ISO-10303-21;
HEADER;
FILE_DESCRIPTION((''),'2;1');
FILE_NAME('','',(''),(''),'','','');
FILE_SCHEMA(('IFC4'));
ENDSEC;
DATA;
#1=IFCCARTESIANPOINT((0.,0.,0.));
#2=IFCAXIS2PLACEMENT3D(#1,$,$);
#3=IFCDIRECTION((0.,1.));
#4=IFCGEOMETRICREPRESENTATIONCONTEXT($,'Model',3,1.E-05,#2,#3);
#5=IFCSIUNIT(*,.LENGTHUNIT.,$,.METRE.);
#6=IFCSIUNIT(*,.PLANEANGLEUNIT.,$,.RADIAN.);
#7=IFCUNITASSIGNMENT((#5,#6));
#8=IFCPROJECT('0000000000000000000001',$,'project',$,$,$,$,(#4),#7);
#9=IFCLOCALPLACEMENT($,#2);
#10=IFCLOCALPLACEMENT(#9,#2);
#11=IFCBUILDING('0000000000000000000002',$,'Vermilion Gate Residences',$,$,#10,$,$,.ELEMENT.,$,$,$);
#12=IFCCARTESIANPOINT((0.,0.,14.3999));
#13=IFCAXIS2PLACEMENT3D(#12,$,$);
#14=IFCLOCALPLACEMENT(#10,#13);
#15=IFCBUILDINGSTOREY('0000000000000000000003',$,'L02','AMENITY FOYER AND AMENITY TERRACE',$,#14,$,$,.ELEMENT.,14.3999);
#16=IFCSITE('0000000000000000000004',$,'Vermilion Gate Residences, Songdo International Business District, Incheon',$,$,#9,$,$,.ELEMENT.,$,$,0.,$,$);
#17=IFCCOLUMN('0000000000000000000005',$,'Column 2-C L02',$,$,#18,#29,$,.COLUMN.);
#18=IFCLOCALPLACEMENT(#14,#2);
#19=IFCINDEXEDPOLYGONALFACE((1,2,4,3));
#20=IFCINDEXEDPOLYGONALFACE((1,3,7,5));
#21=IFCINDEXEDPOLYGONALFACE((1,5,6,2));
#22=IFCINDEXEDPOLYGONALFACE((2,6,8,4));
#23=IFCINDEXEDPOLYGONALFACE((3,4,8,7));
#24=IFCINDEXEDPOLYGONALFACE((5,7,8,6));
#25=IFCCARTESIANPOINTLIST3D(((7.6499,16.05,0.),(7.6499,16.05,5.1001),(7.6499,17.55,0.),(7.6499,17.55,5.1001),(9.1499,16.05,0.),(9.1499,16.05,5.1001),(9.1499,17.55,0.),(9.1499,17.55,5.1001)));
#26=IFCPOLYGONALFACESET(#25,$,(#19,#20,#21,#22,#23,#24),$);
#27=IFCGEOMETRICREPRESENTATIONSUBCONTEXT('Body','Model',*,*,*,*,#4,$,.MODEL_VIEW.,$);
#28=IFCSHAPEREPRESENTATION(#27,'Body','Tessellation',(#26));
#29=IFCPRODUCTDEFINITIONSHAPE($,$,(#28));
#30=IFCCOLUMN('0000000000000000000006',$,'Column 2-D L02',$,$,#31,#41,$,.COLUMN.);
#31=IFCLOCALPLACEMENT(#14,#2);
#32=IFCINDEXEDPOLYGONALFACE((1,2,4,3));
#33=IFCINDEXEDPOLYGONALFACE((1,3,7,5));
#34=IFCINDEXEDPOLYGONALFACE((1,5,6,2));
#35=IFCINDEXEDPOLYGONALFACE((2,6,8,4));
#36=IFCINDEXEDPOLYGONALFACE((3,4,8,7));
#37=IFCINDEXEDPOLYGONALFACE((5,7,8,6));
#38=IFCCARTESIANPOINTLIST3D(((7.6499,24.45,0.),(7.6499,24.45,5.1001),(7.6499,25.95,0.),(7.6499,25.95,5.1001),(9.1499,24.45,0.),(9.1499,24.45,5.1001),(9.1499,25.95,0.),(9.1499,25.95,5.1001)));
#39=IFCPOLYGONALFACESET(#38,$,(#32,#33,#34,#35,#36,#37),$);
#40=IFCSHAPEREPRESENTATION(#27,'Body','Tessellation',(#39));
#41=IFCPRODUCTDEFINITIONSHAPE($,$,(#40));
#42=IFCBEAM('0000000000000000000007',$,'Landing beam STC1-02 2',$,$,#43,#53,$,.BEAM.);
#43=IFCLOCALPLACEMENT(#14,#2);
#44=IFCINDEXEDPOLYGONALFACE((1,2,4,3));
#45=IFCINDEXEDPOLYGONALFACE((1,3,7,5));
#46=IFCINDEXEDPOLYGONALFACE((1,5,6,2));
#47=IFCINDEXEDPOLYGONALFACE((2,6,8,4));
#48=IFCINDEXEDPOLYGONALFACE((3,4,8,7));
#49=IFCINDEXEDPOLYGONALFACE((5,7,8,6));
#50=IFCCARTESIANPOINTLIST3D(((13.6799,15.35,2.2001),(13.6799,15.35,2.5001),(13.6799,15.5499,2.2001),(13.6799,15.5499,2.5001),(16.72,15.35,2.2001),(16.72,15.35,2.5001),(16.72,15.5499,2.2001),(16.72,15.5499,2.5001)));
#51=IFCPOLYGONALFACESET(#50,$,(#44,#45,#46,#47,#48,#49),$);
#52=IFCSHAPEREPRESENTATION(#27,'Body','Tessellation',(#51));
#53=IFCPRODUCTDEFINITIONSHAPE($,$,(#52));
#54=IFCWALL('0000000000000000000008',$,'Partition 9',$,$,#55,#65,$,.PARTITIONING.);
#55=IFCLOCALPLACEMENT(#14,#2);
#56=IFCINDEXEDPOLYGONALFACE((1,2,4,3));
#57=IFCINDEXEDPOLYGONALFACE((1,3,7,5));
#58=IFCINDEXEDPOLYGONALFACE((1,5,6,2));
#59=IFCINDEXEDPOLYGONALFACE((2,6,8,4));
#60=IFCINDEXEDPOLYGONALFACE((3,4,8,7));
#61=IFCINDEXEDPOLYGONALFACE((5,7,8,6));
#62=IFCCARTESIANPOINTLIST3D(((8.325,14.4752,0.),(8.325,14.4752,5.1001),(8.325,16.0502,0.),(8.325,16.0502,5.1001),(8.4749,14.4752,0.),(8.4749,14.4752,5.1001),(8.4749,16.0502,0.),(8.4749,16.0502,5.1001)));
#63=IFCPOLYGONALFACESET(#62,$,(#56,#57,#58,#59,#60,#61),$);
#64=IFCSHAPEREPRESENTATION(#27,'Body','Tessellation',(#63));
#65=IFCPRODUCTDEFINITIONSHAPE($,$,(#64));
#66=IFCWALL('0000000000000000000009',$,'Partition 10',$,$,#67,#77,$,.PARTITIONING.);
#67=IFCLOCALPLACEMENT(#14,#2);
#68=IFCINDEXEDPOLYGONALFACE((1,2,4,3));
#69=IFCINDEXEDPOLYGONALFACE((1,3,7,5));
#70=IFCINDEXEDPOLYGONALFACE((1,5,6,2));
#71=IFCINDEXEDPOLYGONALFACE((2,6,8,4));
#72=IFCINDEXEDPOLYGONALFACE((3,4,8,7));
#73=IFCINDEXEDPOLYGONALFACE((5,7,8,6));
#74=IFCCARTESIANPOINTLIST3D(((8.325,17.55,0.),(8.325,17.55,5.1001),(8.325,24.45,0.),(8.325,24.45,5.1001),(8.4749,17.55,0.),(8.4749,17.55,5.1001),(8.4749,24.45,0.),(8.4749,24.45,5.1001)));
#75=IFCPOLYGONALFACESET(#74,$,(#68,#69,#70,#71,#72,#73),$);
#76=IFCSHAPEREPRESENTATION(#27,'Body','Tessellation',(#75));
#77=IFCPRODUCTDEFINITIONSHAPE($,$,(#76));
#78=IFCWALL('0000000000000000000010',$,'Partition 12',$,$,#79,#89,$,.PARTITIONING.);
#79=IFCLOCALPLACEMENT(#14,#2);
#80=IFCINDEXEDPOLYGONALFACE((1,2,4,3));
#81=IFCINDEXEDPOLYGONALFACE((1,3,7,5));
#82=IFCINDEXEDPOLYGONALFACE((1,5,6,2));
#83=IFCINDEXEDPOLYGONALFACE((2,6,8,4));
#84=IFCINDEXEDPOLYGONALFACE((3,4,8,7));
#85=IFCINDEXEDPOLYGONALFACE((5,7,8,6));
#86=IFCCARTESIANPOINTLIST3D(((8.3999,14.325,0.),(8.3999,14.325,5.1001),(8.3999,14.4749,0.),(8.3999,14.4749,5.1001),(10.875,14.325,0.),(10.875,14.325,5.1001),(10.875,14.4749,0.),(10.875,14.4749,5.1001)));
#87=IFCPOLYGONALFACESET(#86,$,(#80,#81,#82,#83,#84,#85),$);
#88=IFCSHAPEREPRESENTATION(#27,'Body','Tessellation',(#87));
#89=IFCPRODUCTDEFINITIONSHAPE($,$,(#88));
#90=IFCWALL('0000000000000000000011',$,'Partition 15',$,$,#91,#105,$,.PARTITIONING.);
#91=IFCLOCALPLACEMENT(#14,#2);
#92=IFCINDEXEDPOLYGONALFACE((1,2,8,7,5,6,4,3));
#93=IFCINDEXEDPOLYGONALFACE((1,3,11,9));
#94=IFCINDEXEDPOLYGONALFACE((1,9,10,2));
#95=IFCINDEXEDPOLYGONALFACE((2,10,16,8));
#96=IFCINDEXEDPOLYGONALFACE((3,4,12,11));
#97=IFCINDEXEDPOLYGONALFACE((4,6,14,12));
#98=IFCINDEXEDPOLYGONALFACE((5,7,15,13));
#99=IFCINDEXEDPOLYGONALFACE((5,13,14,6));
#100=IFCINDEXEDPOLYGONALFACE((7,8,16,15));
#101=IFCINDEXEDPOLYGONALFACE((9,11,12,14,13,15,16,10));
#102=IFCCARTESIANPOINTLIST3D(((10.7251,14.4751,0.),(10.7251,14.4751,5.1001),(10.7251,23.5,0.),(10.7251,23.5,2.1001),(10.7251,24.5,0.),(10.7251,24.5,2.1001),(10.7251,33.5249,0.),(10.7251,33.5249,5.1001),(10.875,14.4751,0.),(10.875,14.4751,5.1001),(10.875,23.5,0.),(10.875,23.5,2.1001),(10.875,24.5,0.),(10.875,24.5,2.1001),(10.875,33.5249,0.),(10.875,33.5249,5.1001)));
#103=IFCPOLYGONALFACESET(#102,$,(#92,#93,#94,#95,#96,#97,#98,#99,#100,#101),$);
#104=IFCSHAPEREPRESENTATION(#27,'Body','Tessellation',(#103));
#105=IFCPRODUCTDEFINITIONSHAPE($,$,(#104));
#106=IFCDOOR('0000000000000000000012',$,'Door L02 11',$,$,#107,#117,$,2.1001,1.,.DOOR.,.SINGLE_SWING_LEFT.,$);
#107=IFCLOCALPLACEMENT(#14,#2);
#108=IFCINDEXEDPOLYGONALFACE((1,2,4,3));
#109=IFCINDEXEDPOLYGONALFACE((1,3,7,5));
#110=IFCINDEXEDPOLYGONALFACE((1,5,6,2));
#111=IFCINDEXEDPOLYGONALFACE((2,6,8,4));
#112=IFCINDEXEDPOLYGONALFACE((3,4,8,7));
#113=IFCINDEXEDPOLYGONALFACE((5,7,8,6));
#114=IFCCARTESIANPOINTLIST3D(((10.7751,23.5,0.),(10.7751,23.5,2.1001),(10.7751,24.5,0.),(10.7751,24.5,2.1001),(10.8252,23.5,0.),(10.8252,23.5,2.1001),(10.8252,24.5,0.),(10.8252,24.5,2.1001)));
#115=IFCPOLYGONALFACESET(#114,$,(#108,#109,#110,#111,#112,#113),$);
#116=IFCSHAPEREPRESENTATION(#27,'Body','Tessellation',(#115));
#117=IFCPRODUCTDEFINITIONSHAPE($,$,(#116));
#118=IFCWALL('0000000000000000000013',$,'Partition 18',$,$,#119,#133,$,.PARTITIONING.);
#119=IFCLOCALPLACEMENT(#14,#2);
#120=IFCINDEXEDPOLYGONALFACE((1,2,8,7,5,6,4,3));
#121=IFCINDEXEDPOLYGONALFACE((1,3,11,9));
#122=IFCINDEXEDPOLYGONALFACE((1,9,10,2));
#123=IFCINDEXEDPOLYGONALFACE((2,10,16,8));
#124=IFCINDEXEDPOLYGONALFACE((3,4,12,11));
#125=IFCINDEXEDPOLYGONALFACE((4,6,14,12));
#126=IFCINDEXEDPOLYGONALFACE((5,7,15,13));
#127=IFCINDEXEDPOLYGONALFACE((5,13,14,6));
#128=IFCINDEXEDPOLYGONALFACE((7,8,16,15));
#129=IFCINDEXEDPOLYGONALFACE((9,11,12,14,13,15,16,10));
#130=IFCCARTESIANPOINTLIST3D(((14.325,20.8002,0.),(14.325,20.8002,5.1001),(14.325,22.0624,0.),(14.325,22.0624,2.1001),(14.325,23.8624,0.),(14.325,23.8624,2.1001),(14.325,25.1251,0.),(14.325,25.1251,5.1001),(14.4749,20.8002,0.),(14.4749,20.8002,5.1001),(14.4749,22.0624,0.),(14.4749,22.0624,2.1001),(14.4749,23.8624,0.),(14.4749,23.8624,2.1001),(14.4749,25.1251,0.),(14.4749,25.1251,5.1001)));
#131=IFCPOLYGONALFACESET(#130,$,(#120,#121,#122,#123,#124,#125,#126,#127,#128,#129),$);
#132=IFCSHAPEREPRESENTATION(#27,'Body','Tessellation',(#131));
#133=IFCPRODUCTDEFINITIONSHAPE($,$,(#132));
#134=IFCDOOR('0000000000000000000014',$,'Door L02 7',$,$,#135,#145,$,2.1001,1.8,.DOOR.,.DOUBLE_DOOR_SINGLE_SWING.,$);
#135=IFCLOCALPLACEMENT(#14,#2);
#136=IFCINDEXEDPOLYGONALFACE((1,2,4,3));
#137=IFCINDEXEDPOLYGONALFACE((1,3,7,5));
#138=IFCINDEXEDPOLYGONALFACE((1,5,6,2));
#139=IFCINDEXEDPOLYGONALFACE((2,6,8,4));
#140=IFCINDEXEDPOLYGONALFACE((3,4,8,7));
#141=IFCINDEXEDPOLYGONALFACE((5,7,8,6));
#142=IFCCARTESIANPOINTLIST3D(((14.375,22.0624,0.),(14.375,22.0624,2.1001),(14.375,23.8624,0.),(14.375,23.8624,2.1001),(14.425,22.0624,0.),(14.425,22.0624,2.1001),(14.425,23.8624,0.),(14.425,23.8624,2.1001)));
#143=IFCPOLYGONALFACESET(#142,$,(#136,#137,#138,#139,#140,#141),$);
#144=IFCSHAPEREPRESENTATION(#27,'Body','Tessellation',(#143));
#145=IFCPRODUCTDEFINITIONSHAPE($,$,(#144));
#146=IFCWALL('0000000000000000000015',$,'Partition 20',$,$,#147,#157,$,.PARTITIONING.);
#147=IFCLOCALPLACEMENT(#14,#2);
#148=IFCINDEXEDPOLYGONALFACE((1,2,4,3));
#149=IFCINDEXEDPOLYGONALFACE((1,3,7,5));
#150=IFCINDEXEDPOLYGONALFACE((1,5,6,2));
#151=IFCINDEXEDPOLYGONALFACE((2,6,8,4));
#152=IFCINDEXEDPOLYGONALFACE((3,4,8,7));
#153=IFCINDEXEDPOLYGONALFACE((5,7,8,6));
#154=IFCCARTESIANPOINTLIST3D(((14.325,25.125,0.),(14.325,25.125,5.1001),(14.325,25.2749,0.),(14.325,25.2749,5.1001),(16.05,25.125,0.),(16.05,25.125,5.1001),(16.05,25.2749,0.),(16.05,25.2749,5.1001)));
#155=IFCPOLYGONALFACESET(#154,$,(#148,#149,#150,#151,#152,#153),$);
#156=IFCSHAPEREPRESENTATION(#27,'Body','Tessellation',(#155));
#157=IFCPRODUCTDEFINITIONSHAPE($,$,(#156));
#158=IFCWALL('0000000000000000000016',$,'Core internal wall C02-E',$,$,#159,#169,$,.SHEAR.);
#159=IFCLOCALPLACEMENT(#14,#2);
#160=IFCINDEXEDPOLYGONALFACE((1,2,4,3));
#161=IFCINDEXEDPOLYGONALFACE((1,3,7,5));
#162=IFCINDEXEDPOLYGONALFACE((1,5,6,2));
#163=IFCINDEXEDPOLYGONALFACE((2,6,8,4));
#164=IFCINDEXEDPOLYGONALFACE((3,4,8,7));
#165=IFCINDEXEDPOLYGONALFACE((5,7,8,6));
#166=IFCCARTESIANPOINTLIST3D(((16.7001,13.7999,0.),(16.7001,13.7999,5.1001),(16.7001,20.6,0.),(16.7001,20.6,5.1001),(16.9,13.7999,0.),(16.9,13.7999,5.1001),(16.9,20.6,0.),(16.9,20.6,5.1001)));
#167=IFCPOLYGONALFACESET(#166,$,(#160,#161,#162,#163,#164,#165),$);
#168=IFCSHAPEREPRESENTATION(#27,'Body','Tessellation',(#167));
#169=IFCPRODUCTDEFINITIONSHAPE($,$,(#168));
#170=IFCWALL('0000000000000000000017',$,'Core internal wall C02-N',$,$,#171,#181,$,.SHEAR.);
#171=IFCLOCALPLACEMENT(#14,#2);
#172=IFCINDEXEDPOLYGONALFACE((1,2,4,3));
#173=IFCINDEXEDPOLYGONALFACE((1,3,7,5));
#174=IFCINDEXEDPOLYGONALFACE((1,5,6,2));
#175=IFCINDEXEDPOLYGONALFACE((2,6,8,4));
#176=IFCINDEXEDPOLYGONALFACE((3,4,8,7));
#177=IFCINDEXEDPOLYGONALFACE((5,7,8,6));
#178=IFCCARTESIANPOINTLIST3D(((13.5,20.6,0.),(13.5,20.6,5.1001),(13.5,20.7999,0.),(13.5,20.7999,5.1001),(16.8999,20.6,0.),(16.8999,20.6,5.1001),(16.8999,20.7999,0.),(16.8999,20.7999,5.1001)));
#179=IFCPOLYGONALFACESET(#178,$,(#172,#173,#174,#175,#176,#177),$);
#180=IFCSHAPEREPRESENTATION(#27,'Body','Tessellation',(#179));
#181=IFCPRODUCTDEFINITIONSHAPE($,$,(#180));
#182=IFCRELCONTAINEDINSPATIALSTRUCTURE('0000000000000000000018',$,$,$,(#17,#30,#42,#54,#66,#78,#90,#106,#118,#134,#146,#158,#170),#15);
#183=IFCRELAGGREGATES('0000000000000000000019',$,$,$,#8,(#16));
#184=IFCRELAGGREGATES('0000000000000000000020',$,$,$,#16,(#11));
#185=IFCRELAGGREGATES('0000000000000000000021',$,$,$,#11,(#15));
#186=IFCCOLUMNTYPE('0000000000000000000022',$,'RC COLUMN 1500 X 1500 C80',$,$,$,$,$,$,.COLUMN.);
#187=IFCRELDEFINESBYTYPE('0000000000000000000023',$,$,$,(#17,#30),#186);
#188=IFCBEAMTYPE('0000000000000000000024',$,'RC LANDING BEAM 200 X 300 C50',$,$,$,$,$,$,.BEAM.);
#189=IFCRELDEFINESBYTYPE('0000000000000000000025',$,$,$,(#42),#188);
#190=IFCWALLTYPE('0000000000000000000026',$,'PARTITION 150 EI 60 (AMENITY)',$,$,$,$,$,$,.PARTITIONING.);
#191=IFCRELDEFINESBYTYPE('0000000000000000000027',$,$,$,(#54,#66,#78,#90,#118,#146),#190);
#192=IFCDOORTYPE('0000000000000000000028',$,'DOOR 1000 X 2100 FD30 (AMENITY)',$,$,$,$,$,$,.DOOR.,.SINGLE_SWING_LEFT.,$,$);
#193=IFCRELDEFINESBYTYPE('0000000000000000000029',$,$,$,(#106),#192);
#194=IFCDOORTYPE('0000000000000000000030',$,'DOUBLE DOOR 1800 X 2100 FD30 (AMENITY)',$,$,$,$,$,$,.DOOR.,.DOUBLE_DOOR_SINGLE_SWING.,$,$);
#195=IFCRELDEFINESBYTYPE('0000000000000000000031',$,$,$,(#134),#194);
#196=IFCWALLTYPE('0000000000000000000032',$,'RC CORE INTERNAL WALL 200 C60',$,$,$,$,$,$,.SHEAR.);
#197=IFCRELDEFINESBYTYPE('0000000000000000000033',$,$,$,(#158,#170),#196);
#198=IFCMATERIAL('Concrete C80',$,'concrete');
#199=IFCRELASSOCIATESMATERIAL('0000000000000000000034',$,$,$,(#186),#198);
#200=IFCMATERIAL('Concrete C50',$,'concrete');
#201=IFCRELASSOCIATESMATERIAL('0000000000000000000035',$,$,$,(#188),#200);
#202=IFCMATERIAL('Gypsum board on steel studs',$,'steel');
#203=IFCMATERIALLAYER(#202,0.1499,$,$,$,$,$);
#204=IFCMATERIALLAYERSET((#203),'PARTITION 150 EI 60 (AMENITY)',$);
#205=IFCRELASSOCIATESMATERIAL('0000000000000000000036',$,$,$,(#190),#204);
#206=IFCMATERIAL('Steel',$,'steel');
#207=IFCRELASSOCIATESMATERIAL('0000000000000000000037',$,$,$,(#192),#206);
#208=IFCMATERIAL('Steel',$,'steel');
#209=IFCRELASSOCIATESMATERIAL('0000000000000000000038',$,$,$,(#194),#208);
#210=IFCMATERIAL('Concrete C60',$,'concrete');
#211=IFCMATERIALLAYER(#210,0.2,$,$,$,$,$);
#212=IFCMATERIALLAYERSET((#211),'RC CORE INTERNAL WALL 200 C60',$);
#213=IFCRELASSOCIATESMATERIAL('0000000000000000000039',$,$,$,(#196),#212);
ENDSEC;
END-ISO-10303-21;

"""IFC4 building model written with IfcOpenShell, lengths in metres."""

from ifc_helpers import new_model, si_unit, direction, frame, frame_2d, origin, origin_2d, place, context, subcontext, project, spatial, rectangle, extrude, material, layer, layer_set, material_profile, profile_set, type_object, element, fill, save


model = new_model("IFC4")

# Units and contexts
model_context = context("Model", 3, precision=1e-05, world=origin(), true_north=direction((0.0, 1.0)))
body_context = subcontext(model_context, "Body", "Model", "MODEL_VIEW")
ifc_project = project(units=[si_unit("LENGTHUNIT", "METRE"), si_unit("PLANEANGLEUNIT", "RADIAN")], contexts=[model_context])

# Site, building, storey
site_placement = place(None, origin())
site = spatial("IfcSite", under=ifc_project, at=site_placement, Name="Vermilion Gate Residences, Songdo International Business District, Incheon", CompositionType="ELEMENT", RefElevation=0.0)
building_placement = place(site_placement, origin())
building = spatial("IfcBuilding", under=site, at=building_placement, Name="Vermilion Gate Residences", CompositionType="ELEMENT")
storey_placement = place(building_placement, frame((0.0, 0.0, 14.3999)))
storey = spatial("IfcBuildingStorey", under=building, at=storey_placement, Name="L02", Description="AMENITY FOYER AND AMENITY TERRACE", CompositionType="ELEMENT", Elevation=14.3999)

# Columns
ifc_material_1 = material(Name="Concrete C80", Category="concrete")
ifc_material_profile_1 = material_profile(ifc_material_1, rectangle(XDim=1.5, YDim=1.5, at=origin_2d()), Name="RC-1500x1500")
ifc_profile_set_1 = profile_set([ifc_material_profile_1], Name="Concrete C80")
column_type = type_object("IfcColumnType", Name="RC COLUMN 1500 X 1500 C80", PredefinedType="COLUMN", material=ifc_profile_set_1)
for number, where, z_axis, x_axis, name in (
    (1, (8.3999, 16.8, 0.0), (0.0, 0.0, 1.0), (1.0, 0.0, 0.0), "Column 2-C L02"),
    (2, (8.3999, 25.2, 0.0), (0.0, 0.0, 1.0), (1.0, 0.0, 0.0), "Column 2-D L02"),
):
    element("IfcColumn", number, at=place(storey_placement, frame(where, z_axis=z_axis, x_axis=x_axis)), inside=storey, type_object=column_type, Name=name, PredefinedType="COLUMN", context=body_context, shape_type="SweptSolid", body=[
        extrude(rectangle(XDim=1.5, YDim=1.5, at=origin_2d()), origin(), (0.0, 0.0, 1.0), 5.1001),
    ])

# Beam
ifc_material_2 = material(Name="Concrete C50", Category="concrete")
ifc_material_profile_2 = material_profile(ifc_material_2, rectangle(XDim=0.2, YDim=0.3, at=origin_2d()), Name="RC-200x300")
ifc_profile_set_2 = profile_set([ifc_material_profile_2], Name="Concrete C50")
beam_type = type_object("IfcBeamType", Name="RC LANDING BEAM 200 X 300 C50", PredefinedType="BEAM", material=ifc_profile_set_2)
beam_placement = place(storey_placement, frame((13.6799, 15.45, 2.3501), z_axis=(1.0, 0.0, 0.0), x_axis=(0.0, 1.0, 0.0)))
element("IfcBeam", 3, at=beam_placement, inside=storey, type_object=beam_type, Name="Landing beam STC1-02 2", PredefinedType="BEAM", context=body_context, shape_type="SweptSolid", body=[
    extrude(rectangle(XDim=0.2, YDim=0.3, at=origin_2d()), origin(), (0.0, 0.0, 1.0), 3.04),
])

# Walls
ifc_material_3 = material(Name="Gypsum board on steel studs", Category="steel")
ifc_layer_1 = layer(ifc_material_3, 0.1499)
ifc_layer_set_1 = layer_set([ifc_layer_1], Name="PARTITION 150 EI 60 (AMENITY)")
wall_type_1 = type_object("IfcWallType", Name="PARTITION 150 EI 60 (AMENITY)", PredefinedType="PARTITIONING", material=ifc_layer_set_1)
wall_1_placement = place(storey_placement, frame((8.3999, 14.4751, 0.0), z_axis=(0.0, 0.0, 1.0), x_axis=(0.0, 1.0, 0.0)))
element("IfcWall", 4, at=wall_1_placement, inside=storey, type_object=wall_type_1, Name="Partition 9", PredefinedType="PARTITIONING", context=body_context, shape_type="SweptSolid", body=[
    extrude(rectangle(XDim=1.575, YDim=0.1499, at=frame_2d((0.7876, 0.0))), origin(), (0.0, 0.0, 1.0), 5.1001),
])
wall_2_placement = place(storey_placement, frame((8.3999, 17.55, 0.0), z_axis=(0.0, 0.0, 1.0), x_axis=(0.0, 1.0, 0.0)))
element("IfcWall", 5, at=wall_2_placement, inside=storey, type_object=wall_type_1, Name="Partition 10", PredefinedType="PARTITIONING", context=body_context, shape_type="SweptSolid", body=[
    extrude(rectangle(XDim=6.8999, YDim=0.1499, at=frame_2d((3.45, 0.0))), origin(), (0.0, 0.0, 1.0), 5.1001),
])
wall_3_placement = place(storey_placement, frame((8.3999, 14.3999, 0.0), z_axis=(0.0, 0.0, 1.0), x_axis=(1.0, 0.0, 0.0)))
element("IfcWall", 6, at=wall_3_placement, inside=storey, type_object=wall_type_1, Name="Partition 12", PredefinedType="PARTITIONING", context=body_context, shape_type="SweptSolid", body=[
    extrude(rectangle(XDim=2.4751, YDim=0.1499, at=frame_2d((1.2375, 0.0))), origin(), (0.0, 0.0, 1.0), 5.1001),
])

# Walls, openings, doors
wall_4_placement = place(storey_placement, frame((10.8, 14.4751, 0.0), z_axis=(0.0, 0.0, 1.0), x_axis=(0.0, 1.0, 0.0)))
wall_4 = element("IfcWall", 7, at=wall_4_placement, inside=storey, type_object=wall_type_1, Name="Partition 15", PredefinedType="PARTITIONING", context=body_context, shape_type="SweptSolid", body=[
    extrude(rectangle(XDim=19.0498, YDim=0.1499, at=frame_2d((9.5249, 0.0))), origin(), (0.0, 0.0, 1.0), 5.1001),
])
opening_1_placement = place(wall_4_placement, frame((9.0249, 0.0, 0.0)))
opening_1 = element("IfcOpeningElement", 8, at=opening_1_placement, cuts=wall_4, PredefinedType="OPENING", context=body_context, shape_type="SweptSolid", body=[
    extrude(rectangle(XDim=1.0, YDim=2.1001, at=frame_2d((0.5, 1.05))), frame((0.0, 0.085, 0.0), z_axis=(0.0, -1.0, 0.0), x_axis=(1.0, 0.0, 0.0)), (0.0, 0.0, 1.0), 0.1699),
])
ifc_material_4 = material(Name="Steel", Category="steel")
door_type_1 = type_object("IfcDoorType", Name="DOOR 1000 X 2100 FD30 (AMENITY)", OperationType="SINGLE_SWING_LEFT", PredefinedType="DOOR", material=ifc_material_4)
door_1_placement = place(opening_1_placement, origin())
door_1 = element("IfcDoor", 9, at=door_1_placement, inside=storey, type_object=door_type_1, Name="Door L02 11", OperationType="SINGLE_SWING_LEFT", OverallHeight=2.1001, OverallWidth=1.0, PredefinedType="DOOR", context=body_context, shape_type="SweptSolid", body=[
    extrude(rectangle(XDim=1.0, YDim=2.1001, at=frame_2d((0.5, 1.05))), frame((0.0, 0.0249, 0.0), z_axis=(0.0, -1.0, 0.0), x_axis=(1.0, 0.0, 0.0)), (0.0, 0.0, 1.0), 0.05),
])
fill(opening_1, door_1)
wall_5_placement = place(storey_placement, frame((14.3999, 20.8, 0.0), z_axis=(0.0, 0.0, 1.0), x_axis=(0.0, 1.0, 0.0)))
wall_5 = element("IfcWall", 10, at=wall_5_placement, inside=storey, type_object=wall_type_1, Name="Partition 18", PredefinedType="PARTITIONING", context=body_context, shape_type="SweptSolid", body=[
    extrude(rectangle(XDim=4.325, YDim=0.1499, at=frame_2d((2.1626, 0.0))), origin(), (0.0, 0.0, 1.0), 5.1001),
])
opening_2_placement = place(wall_5_placement, frame((1.2625, 0.0, 0.0)))
opening_2 = element("IfcOpeningElement", 11, at=opening_2_placement, cuts=wall_5, PredefinedType="OPENING", context=body_context, shape_type="SweptSolid", body=[
    extrude(rectangle(XDim=1.8, YDim=2.1001, at=frame_2d((0.8999, 1.05))), frame((0.0, 0.085, 0.0), z_axis=(0.0, -1.0, 0.0), x_axis=(1.0, 0.0, 0.0)), (0.0, 0.0, 1.0), 0.1699),
])
ifc_material_5 = material(Name="Steel", Category="steel")
door_type_2 = type_object("IfcDoorType", Name="DOUBLE DOOR 1800 X 2100 FD30 (AMENITY)", OperationType="DOUBLE_DOOR_SINGLE_SWING", PredefinedType="DOOR", material=ifc_material_5)
door_2_placement = place(opening_2_placement, origin())
door_2 = element("IfcDoor", 12, at=door_2_placement, inside=storey, type_object=door_type_2, Name="Door L02 7", OperationType="DOUBLE_DOOR_SINGLE_SWING", OverallHeight=2.1001, OverallWidth=1.8, PredefinedType="DOOR", context=body_context, shape_type="SweptSolid", body=[
    extrude(rectangle(XDim=1.8, YDim=2.1001, at=frame_2d((0.8999, 1.05))), frame((0.0, 0.0249, 0.0), z_axis=(0.0, -1.0, 0.0), x_axis=(1.0, 0.0, 0.0)), (0.0, 0.0, 1.0), 0.05),
])
fill(opening_2, door_2)

# Walls
wall_6_placement = place(storey_placement, frame((14.325, 25.2, 0.0), z_axis=(0.0, 0.0, 1.0), x_axis=(1.0, 0.0, 0.0)))
element("IfcWall", 13, at=wall_6_placement, inside=storey, type_object=wall_type_1, Name="Partition 20", PredefinedType="PARTITIONING", context=body_context, shape_type="SweptSolid", body=[
    extrude(rectangle(XDim=1.7251, YDim=0.1499, at=frame_2d((0.8625, 0.0))), origin(), (0.0, 0.0, 1.0), 5.1001),
])
ifc_material_6 = material(Name="Concrete C60", Category="concrete")
ifc_layer_2 = layer(ifc_material_6, 0.2)
ifc_layer_set_2 = layer_set([ifc_layer_2], Name="RC CORE INTERNAL WALL 200 C60")
wall_type_2 = type_object("IfcWallType", Name="RC CORE INTERNAL WALL 200 C60", PredefinedType="SHEAR", material=ifc_layer_set_2)
wall_7_placement = place(storey_placement, frame((16.8, 13.8, 0.0), z_axis=(0.0, 0.0, 1.0), x_axis=(0.0, 1.0, 0.0)))
element("IfcWall", 14, at=wall_7_placement, inside=storey, type_object=wall_type_2, Name="Core internal wall C02-E", PredefinedType="SHEAR", context=body_context, shape_type="SweptSolid", body=[
    extrude(rectangle(XDim=6.8, YDim=0.2, at=frame_2d((3.3999, 0.0))), origin(), (0.0, 0.0, 1.0), 5.1001),
])
wall_8_placement = place(storey_placement, frame((13.5, 20.7, 0.0), z_axis=(0.0, 0.0, 1.0), x_axis=(1.0, 0.0, 0.0)))
element("IfcWall", 15, at=wall_8_placement, inside=storey, type_object=wall_type_2, Name="Core internal wall C02-N", PredefinedType="SHEAR", context=body_context, shape_type="SweptSolid", body=[
    extrude(rectangle(XDim=3.3999, YDim=0.2, at=frame_2d((1.7, 0.0))), origin(), (0.0, 0.0, 1.0), 5.1001),
])

save(model, "model.ifc")
